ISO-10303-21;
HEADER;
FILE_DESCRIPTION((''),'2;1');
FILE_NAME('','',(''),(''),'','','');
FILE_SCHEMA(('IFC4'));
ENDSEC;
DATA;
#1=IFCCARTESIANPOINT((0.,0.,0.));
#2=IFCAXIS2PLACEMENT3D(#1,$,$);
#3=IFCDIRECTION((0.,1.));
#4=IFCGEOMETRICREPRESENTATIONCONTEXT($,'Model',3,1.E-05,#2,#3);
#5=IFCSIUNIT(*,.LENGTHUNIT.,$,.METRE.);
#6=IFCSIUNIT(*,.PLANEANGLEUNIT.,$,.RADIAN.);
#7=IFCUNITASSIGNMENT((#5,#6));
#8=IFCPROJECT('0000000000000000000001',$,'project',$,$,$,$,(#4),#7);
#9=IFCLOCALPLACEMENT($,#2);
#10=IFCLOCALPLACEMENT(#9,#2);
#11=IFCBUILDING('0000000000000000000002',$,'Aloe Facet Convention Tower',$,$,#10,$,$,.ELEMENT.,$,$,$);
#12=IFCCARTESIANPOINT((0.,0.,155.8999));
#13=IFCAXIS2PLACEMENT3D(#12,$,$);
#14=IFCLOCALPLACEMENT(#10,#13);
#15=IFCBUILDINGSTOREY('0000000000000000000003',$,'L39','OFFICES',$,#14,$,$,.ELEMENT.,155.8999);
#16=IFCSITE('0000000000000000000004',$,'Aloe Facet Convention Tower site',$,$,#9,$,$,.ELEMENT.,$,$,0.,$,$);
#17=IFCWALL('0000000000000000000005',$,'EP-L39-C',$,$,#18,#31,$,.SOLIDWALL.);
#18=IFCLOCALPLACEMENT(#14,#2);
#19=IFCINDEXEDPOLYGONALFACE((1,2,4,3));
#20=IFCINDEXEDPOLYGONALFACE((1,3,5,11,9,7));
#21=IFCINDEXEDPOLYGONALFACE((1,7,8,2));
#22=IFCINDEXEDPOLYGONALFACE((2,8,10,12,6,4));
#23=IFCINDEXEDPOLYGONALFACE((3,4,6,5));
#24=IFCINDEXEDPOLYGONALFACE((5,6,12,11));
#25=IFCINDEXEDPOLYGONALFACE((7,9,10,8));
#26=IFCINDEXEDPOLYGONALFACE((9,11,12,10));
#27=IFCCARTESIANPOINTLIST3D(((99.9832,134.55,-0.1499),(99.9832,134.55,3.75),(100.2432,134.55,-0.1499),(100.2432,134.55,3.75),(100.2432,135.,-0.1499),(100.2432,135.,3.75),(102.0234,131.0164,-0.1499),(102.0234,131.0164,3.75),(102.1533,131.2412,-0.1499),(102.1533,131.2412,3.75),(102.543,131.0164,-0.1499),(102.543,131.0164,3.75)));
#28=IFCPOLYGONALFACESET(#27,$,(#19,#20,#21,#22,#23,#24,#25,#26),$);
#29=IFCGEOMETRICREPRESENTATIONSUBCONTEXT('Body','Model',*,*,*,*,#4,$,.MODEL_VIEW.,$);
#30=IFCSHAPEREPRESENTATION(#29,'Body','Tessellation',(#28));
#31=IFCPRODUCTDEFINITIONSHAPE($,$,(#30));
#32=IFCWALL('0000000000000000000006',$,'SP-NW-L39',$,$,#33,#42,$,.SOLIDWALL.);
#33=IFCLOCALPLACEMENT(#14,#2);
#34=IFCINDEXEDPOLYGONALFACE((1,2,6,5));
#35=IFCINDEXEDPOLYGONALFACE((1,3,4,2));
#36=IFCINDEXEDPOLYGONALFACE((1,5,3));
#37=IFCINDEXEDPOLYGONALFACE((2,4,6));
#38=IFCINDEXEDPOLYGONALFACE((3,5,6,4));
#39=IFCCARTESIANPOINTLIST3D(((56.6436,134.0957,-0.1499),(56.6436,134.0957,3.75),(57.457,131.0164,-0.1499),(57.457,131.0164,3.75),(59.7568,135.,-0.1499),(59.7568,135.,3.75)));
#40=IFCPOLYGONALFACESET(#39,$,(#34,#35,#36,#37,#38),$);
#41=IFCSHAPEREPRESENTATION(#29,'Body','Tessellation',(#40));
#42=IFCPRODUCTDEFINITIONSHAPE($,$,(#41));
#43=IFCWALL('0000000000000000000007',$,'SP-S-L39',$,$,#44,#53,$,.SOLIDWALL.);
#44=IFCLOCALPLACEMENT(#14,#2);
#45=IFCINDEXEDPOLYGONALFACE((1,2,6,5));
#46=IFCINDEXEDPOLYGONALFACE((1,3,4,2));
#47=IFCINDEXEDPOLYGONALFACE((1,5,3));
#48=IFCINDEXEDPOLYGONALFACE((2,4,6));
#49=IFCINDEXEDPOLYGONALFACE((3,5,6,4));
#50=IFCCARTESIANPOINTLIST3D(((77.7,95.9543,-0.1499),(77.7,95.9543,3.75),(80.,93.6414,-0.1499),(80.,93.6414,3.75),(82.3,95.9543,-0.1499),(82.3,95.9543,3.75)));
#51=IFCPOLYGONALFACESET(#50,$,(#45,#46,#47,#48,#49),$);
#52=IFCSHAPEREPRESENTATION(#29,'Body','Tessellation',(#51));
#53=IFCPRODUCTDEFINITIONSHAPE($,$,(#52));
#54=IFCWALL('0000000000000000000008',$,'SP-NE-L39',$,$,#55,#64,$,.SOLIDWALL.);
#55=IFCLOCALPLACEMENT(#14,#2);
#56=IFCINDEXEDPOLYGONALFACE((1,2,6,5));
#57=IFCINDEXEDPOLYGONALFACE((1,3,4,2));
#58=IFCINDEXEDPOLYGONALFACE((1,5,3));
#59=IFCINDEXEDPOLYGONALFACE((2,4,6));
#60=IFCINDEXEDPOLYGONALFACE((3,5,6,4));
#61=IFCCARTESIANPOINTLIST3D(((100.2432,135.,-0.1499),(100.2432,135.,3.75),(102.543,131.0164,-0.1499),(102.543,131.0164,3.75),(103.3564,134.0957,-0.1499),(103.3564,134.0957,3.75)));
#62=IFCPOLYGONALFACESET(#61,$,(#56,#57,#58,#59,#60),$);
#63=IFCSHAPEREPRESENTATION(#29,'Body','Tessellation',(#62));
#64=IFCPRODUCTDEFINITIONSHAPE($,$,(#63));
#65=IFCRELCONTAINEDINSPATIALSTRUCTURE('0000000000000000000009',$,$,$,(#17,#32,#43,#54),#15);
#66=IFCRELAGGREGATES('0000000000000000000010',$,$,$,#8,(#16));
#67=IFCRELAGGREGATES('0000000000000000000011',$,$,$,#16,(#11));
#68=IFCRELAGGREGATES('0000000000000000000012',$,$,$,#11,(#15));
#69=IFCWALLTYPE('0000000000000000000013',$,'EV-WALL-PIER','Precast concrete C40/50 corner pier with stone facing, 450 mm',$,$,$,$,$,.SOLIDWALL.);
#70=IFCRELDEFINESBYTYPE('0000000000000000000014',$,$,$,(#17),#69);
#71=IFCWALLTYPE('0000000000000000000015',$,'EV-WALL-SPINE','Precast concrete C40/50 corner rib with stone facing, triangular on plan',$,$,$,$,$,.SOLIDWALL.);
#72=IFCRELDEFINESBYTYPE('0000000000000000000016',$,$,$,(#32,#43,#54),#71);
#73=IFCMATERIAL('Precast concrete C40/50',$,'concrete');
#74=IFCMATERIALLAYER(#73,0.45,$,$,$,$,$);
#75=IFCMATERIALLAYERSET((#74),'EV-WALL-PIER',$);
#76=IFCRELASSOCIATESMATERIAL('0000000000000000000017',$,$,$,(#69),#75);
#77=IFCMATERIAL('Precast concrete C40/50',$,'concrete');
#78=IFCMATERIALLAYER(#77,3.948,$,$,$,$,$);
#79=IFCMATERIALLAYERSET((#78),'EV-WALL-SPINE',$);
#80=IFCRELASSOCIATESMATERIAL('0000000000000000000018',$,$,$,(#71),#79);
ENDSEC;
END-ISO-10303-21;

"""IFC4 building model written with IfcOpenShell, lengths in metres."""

from ifc_helpers import new_model, si_unit, direction, frame, origin, place, context, subcontext, project, spatial, polyline, outline, extrude, material, layer, layer_set, type_object, element, save


model = new_model("IFC4")

# Units and contexts
model_context = context("Model", 3, precision=1e-05, world=origin(), true_north=direction((0.0, 1.0)))
body_context = subcontext(model_context, "Body", "Model", "MODEL_VIEW")
ifc_project = project(units=[si_unit("LENGTHUNIT", "METRE"), si_unit("PLANEANGLEUNIT", "RADIAN")], contexts=[model_context])

# Site, building, storey
site_placement = place(None, origin())
site = spatial("IfcSite", under=ifc_project, at=site_placement, Name="Aloe Facet Convention Tower site", CompositionType="ELEMENT", RefElevation=0.0)
building_placement = place(site_placement, origin())
building = spatial("IfcBuilding", under=site, at=building_placement, Name="Aloe Facet Convention Tower", CompositionType="ELEMENT")
storey_placement = place(building_placement, frame((0.0, 0.0, 155.8999)))
storey = spatial("IfcBuildingStorey", under=building, at=storey_placement, Name="L39", Description="OFFICES", CompositionType="ELEMENT", Elevation=155.8999)

# Walls
ifc_material_1 = material(Name="Precast concrete C40/50", Category="concrete")
ifc_layer_1 = layer(ifc_material_1, 0.45)
ifc_layer_set_1 = layer_set([ifc_layer_1], Name="EV-WALL-PIER")
wall_type_1 = type_object("IfcWallType", Name="EV-WALL-PIER", Description="Precast concrete C40/50 corner pier with stone facing, 450 mm", PredefinedType="SOLIDWALL", material=ifc_layer_set_1)
wall_1_placement = place(storey_placement, frame((0.0, 0.0, -0.1499)))
element("IfcWall", 1, at=wall_1_placement, inside=storey, type_object=wall_type_1, Name="EP-L39-C", PredefinedType="SOLIDWALL", context=body_context, shape_type="SweptSolid", body=[
    extrude(outline(polyline([(102.543, 131.0164), (102.1533, 131.2412), (102.0234, 131.0164), (99.9832, 134.55), (100.2432, 134.55), (100.2432, 135.0), (102.543, 131.0164)])), origin(), (0.0, 0.0, 1.0), 3.8999),
])
ifc_material_2 = material(Name="Precast concrete C40/50", Category="concrete")
ifc_layer_2 = layer(ifc_material_2, 3.948)
ifc_layer_set_2 = layer_set([ifc_layer_2], Name="EV-WALL-SPINE")
wall_type_2 = type_object("IfcWallType", Name="EV-WALL-SPINE", Description="Precast concrete C40/50 corner rib with stone facing, triangular on plan", PredefinedType="SOLIDWALL", material=ifc_layer_set_2)
wall_2_placement = place(storey_placement, frame((0.0, 0.0, -0.1499)))
element("IfcWall", 2, at=wall_2_placement, inside=storey, type_object=wall_type_2, Name="SP-NW-L39", PredefinedType="SOLIDWALL", context=body_context, shape_type="SweptSolid", body=[
    extrude(outline(polyline([(59.7568, 135.0), (56.6436, 134.0957), (57.457, 131.0164), (59.7568, 135.0)])), origin(), (0.0, 0.0, 1.0), 3.8999),
])
wall_3_placement = place(storey_placement, frame((0.0, 0.0, -0.1499)))
element("IfcWall", 3, at=wall_3_placement, inside=storey, type_object=wall_type_2, Name="SP-S-L39", PredefinedType="SOLIDWALL", context=body_context, shape_type="SweptSolid", body=[
    extrude(outline(polyline([(77.7, 95.9543), (80.0, 93.6414), (82.3, 95.9543), (77.7, 95.9543)])), origin(), (0.0, 0.0, 1.0), 3.8999),
])
wall_4_placement = place(storey_placement, frame((0.0, 0.0, -0.1499)))
element("IfcWall", 4, at=wall_4_placement, inside=storey, type_object=wall_type_2, Name="SP-NE-L39", PredefinedType="SOLIDWALL", context=body_context, shape_type="SweptSolid", body=[
    extrude(outline(polyline([(102.543, 131.0164), (103.3564, 134.0957), (100.2432, 135.0), (102.543, 131.0164)])), origin(), (0.0, 0.0, 1.0), 3.8999),
])

save(model, "model.ifc")
